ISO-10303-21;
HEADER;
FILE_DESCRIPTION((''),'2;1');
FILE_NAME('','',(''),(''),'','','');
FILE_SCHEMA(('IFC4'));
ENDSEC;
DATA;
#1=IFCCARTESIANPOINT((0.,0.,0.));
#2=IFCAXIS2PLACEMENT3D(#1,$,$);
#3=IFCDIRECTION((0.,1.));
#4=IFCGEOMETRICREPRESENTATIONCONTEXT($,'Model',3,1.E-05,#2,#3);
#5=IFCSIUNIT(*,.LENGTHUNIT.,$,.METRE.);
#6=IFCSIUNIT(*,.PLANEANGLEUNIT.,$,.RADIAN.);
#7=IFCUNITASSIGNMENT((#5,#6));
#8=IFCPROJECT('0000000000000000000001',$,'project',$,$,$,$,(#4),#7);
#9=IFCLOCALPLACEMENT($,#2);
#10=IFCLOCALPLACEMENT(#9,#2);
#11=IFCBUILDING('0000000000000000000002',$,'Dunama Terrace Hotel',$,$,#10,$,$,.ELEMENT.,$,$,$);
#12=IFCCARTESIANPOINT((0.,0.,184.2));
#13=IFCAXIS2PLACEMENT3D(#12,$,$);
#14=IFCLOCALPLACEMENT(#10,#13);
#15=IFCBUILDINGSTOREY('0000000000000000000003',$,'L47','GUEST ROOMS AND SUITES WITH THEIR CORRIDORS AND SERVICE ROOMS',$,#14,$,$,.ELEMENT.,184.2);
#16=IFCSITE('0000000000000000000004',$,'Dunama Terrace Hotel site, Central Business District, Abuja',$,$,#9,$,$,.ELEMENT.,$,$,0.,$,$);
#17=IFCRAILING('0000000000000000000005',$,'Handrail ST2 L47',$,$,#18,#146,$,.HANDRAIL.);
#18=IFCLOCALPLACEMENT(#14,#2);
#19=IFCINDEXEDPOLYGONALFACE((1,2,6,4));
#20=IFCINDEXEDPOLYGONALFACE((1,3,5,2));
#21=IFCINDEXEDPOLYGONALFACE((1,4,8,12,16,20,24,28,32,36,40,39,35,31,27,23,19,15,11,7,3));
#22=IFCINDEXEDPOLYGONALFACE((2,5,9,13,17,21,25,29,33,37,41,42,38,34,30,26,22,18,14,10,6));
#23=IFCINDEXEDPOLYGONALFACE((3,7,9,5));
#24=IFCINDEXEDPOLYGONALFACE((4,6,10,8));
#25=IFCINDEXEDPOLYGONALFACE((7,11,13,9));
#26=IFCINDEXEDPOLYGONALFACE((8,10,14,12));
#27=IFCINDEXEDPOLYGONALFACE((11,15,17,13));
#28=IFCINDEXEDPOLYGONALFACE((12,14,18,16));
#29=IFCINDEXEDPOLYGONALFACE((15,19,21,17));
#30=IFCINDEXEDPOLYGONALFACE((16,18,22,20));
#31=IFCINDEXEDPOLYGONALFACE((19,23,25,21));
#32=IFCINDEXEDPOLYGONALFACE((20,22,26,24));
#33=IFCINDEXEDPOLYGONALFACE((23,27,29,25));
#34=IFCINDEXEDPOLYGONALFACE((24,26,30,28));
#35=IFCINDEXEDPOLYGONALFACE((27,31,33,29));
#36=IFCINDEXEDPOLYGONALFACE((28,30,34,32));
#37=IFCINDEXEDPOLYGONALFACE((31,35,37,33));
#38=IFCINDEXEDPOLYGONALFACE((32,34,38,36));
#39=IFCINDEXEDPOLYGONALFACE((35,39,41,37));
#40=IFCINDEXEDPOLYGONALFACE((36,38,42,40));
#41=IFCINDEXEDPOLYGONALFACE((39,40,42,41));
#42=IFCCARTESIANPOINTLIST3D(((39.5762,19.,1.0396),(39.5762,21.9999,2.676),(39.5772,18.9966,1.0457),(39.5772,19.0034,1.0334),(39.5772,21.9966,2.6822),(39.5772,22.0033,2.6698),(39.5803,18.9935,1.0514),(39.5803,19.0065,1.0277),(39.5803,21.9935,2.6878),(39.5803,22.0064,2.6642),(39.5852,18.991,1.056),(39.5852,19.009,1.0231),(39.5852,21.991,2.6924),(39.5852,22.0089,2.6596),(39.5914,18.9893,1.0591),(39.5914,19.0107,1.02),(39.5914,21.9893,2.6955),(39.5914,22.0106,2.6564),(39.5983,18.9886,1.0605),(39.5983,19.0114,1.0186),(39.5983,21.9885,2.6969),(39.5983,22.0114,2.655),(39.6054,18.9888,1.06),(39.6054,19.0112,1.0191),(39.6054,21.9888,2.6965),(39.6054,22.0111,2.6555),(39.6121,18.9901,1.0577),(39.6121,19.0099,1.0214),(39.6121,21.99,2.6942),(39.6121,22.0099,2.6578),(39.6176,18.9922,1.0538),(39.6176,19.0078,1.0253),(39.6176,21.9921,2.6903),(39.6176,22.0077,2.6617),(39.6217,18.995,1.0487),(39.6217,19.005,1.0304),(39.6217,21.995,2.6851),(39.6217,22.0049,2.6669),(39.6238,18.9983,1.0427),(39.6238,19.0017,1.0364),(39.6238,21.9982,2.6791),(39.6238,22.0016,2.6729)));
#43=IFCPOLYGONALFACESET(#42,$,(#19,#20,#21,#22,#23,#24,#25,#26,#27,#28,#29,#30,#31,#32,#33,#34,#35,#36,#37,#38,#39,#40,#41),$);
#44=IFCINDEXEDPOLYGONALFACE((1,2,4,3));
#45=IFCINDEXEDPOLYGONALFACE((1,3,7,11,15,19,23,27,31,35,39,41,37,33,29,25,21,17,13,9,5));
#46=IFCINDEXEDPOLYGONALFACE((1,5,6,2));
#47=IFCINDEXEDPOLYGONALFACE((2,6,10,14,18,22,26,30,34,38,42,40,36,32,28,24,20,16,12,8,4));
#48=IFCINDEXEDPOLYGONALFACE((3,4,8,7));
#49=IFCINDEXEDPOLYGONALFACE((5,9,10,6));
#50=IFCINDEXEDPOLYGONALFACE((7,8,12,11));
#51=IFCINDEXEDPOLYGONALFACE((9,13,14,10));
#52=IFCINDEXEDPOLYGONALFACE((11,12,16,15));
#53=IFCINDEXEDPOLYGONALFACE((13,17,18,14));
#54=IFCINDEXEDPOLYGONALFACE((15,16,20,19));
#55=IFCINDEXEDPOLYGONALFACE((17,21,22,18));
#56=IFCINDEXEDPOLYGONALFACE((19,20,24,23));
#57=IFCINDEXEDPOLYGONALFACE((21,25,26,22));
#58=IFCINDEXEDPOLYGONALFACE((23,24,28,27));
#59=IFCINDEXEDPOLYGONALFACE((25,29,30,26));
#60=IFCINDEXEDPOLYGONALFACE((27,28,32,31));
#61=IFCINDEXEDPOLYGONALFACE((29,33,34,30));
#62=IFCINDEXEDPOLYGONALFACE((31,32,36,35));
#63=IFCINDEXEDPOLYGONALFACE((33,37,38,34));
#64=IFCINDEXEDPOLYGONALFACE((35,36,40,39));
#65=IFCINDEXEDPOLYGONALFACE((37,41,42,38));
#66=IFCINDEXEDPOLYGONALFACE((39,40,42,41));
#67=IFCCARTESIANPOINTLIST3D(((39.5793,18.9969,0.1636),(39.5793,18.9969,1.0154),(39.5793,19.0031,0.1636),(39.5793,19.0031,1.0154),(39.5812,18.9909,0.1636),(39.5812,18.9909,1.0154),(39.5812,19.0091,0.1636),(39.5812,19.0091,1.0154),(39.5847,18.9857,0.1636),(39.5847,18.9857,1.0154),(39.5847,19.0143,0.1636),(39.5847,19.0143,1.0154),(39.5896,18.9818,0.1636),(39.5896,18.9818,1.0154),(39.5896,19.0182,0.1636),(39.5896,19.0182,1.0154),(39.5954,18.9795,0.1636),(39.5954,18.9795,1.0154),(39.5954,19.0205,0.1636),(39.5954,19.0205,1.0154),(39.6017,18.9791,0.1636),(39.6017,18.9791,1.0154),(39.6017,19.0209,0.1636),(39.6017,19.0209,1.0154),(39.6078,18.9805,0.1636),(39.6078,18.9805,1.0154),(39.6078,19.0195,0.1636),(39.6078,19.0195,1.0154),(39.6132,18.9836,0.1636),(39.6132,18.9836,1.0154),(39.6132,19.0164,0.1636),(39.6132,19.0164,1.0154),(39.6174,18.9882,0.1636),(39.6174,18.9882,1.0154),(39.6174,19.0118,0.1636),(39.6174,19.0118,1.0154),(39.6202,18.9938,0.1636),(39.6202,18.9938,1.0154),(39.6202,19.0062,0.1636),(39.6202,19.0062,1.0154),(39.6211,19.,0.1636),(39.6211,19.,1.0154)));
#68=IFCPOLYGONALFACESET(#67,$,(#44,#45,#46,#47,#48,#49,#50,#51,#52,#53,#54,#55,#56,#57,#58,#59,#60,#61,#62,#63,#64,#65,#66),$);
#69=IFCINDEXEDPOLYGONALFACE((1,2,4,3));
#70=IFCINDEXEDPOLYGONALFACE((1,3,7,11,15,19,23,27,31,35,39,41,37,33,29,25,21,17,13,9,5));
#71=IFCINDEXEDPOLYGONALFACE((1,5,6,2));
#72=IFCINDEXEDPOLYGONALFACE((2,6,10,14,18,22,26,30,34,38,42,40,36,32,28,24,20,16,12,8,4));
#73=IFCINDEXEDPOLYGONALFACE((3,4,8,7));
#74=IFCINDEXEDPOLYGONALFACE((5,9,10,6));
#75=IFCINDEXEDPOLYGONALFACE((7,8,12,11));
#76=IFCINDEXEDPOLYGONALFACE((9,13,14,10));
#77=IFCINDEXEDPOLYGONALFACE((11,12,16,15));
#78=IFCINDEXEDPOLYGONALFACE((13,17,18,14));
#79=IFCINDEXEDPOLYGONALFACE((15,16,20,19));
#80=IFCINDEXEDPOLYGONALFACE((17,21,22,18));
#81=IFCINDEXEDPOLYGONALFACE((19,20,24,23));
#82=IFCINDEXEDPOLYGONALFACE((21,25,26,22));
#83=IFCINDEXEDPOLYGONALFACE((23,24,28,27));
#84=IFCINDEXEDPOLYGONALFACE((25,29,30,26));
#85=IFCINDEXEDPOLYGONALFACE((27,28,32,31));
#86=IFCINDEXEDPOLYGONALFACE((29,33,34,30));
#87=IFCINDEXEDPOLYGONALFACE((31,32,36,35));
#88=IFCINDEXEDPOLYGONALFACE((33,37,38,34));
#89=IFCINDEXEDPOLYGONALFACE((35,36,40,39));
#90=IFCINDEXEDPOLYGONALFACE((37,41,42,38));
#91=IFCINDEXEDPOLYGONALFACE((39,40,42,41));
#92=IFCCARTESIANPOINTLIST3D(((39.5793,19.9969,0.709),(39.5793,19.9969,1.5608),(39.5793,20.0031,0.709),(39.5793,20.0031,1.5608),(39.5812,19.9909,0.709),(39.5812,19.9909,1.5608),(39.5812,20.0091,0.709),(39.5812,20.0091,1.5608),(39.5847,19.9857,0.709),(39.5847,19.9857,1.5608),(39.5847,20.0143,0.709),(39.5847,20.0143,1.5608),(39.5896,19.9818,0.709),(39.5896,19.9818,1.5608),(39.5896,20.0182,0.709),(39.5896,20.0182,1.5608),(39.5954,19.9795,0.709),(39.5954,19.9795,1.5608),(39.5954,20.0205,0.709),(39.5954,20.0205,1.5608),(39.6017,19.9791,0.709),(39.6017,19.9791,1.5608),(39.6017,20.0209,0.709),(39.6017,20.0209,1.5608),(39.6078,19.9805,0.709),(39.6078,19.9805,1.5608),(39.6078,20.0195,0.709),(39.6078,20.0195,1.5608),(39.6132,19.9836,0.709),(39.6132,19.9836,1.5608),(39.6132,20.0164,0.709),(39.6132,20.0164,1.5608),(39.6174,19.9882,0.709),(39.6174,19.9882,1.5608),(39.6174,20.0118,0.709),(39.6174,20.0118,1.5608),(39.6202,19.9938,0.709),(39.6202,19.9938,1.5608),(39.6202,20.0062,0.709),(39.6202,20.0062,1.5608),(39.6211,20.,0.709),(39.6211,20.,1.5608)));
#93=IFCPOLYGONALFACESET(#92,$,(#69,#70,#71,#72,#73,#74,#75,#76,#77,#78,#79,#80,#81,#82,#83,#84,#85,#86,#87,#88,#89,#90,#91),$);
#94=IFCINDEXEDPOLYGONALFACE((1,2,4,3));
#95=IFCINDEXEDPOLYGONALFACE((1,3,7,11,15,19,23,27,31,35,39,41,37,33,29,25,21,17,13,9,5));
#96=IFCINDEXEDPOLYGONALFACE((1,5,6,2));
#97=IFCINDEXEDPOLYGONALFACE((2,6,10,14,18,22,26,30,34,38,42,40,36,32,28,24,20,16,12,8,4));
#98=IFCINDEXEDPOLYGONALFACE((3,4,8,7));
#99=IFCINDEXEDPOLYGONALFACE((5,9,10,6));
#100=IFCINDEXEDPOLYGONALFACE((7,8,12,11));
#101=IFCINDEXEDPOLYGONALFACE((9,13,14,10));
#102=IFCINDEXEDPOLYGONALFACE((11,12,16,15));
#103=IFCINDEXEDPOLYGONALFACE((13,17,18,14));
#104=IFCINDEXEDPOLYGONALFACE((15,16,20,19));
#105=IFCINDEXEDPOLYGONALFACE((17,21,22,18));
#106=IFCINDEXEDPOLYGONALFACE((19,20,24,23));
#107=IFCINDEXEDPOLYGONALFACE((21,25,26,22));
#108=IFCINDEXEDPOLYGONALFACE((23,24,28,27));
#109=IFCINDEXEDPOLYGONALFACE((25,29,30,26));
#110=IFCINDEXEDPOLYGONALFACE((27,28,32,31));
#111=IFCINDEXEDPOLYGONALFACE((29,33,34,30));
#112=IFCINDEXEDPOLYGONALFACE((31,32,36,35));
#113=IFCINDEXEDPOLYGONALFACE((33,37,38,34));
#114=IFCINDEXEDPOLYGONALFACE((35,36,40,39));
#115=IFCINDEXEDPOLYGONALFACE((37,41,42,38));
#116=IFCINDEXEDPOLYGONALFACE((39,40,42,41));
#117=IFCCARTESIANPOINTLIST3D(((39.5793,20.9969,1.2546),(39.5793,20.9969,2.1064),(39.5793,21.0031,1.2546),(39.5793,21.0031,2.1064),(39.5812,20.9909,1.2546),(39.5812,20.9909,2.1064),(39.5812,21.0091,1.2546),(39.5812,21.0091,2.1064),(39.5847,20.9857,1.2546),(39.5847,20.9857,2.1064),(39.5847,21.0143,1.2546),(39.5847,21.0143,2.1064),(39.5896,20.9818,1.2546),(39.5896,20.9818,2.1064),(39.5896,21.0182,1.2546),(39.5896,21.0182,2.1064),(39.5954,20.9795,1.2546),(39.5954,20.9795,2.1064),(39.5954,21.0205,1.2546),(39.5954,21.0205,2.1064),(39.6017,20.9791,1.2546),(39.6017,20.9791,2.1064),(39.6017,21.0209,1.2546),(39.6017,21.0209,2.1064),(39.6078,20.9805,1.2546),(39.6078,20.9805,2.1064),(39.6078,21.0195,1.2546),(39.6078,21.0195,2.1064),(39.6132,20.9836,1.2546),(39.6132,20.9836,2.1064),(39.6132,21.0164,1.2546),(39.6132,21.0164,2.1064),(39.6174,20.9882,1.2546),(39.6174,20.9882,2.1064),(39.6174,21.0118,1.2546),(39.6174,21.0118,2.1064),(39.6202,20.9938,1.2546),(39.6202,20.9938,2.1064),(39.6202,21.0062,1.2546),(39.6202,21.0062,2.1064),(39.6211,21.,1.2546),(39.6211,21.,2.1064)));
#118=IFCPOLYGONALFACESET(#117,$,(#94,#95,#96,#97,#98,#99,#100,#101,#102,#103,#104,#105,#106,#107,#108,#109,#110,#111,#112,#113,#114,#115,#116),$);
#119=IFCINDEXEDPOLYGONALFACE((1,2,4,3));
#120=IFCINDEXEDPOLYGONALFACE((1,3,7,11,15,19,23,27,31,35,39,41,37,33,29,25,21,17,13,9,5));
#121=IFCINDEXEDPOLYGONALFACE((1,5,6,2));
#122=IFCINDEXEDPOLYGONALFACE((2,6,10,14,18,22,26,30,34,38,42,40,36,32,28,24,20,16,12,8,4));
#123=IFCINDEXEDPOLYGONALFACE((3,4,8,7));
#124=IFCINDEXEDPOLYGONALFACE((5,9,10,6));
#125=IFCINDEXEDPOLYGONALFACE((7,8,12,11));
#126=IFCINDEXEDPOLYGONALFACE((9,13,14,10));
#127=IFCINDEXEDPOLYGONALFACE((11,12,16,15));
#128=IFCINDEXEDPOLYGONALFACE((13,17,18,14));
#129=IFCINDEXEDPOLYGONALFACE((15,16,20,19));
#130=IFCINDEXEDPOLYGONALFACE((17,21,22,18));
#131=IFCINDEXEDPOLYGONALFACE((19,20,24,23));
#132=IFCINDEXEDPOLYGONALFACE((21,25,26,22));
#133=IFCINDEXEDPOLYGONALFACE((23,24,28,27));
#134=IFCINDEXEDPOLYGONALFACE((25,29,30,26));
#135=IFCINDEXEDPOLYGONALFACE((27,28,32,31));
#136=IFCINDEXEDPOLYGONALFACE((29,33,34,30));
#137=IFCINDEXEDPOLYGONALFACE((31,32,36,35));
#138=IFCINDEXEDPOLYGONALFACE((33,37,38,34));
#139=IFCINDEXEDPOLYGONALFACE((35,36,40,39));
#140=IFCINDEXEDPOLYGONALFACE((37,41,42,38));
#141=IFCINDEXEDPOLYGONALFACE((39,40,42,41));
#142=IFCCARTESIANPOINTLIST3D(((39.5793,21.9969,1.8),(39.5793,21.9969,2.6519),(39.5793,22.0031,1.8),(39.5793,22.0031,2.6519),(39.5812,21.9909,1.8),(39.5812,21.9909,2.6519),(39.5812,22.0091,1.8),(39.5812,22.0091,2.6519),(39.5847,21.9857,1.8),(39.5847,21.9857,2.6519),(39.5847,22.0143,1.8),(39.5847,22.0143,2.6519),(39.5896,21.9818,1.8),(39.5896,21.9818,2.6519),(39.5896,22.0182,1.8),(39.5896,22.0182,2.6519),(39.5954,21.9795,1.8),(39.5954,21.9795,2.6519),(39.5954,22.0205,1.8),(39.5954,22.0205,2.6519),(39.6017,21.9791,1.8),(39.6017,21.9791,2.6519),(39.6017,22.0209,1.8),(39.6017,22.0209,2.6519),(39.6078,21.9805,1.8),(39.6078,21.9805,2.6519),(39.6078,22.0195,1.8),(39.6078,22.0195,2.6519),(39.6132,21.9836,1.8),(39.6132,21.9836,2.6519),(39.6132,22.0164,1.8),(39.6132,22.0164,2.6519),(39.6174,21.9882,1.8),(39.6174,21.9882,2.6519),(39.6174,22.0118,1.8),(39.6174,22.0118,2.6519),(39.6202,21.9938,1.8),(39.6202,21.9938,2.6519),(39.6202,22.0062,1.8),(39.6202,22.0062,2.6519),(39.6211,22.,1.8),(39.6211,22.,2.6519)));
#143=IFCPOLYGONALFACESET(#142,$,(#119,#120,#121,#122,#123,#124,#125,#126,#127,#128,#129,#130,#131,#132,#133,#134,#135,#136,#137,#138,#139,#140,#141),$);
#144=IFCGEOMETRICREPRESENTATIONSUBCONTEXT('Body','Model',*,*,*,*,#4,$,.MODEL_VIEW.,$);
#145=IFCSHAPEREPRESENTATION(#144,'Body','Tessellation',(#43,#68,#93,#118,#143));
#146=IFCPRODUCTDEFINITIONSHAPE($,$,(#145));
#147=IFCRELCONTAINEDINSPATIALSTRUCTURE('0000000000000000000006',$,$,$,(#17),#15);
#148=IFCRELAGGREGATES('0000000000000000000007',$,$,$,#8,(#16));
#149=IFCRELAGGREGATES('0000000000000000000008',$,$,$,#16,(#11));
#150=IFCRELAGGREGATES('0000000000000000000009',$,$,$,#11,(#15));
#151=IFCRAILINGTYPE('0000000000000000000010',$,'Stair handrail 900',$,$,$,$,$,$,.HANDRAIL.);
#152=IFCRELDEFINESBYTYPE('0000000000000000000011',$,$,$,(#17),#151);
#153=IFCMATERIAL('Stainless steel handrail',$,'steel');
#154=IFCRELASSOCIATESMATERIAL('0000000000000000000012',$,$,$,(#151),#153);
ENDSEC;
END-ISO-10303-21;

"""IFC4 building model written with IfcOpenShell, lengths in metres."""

from ifc_helpers import new_model, si_unit, direction, frame, origin, origin_2d, place, context, subcontext, project, spatial, circle, extrude, material, type_object, element, save


model = new_model("IFC4")

# Units and contexts
model_context = context("Model", 3, precision=1e-05, world=origin(), true_north=direction((0.0, 1.0)))
body_context = subcontext(model_context, "Body", "Model", "MODEL_VIEW")
ifc_project = project(units=[si_unit("LENGTHUNIT", "METRE"), si_unit("PLANEANGLEUNIT", "RADIAN")], contexts=[model_context])

# Site, building, storey
site_placement = place(None, origin())
site = spatial("IfcSite", under=ifc_project, at=site_placement, Name="Dunama Terrace Hotel site, Central Business District, Abuja", CompositionType="ELEMENT", RefElevation=0.0)
building_placement = place(site_placement, origin())
building = spatial("IfcBuilding", under=site, at=building_placement, Name="Dunama Terrace Hotel", CompositionType="ELEMENT")
storey_placement = place(building_placement, frame((0.0, 0.0, 184.2)))
storey = spatial("IfcBuildingStorey", under=building, at=storey_placement, Name="L47", Description="GUEST ROOMS AND SUITES WITH THEIR CORRIDORS AND SERVICE ROOMS", CompositionType="ELEMENT", Elevation=184.2)

# Railing
ifc_material_1 = material(Name="Stainless steel handrail", Category="steel")
railing_type_1 = type_object("IfcRailingType", Name="Stair handrail 900", PredefinedType="HANDRAIL", material=ifc_material_1)
railing_1_placement = place(storey_placement, frame((39.6001, 19.0, 0.1636)))
element("IfcRailing", 1, at=railing_1_placement, inside=storey, type_object=railing_type_1, Name="Handrail ST2 L47", PredefinedType="HANDRAIL", context=body_context, shape_type="SweptSolid", body=[
    extrude(circle(Radius=0.0239, at=origin_2d()), frame((0.0, 0.0, 0.876), z_axis=(0.0, 0.877882, 0.478877), x_axis=(-1.0, 0.0, 0.0)), (0.0, 0.0, 1.0), 3.4172),
    extrude(circle(Radius=0.021, at=origin_2d()), origin(), (0.0, 0.0, 1.0), 0.8518),
    extrude(circle(Radius=0.021, at=origin_2d()), frame((0.0, 1.0, 0.5454)), (0.0, 0.0, 1.0), 0.8518),
    extrude(circle(Radius=0.021, at=origin_2d()), frame((0.0, 2.0, 1.0911)), (0.0, 0.0, 1.0), 0.8518),
    extrude(circle(Radius=0.021, at=origin_2d()), frame((0.0, 3.0, 1.6365)), (0.0, 0.0, 1.0), 0.8518),
])

save(model, "model.ifc")
